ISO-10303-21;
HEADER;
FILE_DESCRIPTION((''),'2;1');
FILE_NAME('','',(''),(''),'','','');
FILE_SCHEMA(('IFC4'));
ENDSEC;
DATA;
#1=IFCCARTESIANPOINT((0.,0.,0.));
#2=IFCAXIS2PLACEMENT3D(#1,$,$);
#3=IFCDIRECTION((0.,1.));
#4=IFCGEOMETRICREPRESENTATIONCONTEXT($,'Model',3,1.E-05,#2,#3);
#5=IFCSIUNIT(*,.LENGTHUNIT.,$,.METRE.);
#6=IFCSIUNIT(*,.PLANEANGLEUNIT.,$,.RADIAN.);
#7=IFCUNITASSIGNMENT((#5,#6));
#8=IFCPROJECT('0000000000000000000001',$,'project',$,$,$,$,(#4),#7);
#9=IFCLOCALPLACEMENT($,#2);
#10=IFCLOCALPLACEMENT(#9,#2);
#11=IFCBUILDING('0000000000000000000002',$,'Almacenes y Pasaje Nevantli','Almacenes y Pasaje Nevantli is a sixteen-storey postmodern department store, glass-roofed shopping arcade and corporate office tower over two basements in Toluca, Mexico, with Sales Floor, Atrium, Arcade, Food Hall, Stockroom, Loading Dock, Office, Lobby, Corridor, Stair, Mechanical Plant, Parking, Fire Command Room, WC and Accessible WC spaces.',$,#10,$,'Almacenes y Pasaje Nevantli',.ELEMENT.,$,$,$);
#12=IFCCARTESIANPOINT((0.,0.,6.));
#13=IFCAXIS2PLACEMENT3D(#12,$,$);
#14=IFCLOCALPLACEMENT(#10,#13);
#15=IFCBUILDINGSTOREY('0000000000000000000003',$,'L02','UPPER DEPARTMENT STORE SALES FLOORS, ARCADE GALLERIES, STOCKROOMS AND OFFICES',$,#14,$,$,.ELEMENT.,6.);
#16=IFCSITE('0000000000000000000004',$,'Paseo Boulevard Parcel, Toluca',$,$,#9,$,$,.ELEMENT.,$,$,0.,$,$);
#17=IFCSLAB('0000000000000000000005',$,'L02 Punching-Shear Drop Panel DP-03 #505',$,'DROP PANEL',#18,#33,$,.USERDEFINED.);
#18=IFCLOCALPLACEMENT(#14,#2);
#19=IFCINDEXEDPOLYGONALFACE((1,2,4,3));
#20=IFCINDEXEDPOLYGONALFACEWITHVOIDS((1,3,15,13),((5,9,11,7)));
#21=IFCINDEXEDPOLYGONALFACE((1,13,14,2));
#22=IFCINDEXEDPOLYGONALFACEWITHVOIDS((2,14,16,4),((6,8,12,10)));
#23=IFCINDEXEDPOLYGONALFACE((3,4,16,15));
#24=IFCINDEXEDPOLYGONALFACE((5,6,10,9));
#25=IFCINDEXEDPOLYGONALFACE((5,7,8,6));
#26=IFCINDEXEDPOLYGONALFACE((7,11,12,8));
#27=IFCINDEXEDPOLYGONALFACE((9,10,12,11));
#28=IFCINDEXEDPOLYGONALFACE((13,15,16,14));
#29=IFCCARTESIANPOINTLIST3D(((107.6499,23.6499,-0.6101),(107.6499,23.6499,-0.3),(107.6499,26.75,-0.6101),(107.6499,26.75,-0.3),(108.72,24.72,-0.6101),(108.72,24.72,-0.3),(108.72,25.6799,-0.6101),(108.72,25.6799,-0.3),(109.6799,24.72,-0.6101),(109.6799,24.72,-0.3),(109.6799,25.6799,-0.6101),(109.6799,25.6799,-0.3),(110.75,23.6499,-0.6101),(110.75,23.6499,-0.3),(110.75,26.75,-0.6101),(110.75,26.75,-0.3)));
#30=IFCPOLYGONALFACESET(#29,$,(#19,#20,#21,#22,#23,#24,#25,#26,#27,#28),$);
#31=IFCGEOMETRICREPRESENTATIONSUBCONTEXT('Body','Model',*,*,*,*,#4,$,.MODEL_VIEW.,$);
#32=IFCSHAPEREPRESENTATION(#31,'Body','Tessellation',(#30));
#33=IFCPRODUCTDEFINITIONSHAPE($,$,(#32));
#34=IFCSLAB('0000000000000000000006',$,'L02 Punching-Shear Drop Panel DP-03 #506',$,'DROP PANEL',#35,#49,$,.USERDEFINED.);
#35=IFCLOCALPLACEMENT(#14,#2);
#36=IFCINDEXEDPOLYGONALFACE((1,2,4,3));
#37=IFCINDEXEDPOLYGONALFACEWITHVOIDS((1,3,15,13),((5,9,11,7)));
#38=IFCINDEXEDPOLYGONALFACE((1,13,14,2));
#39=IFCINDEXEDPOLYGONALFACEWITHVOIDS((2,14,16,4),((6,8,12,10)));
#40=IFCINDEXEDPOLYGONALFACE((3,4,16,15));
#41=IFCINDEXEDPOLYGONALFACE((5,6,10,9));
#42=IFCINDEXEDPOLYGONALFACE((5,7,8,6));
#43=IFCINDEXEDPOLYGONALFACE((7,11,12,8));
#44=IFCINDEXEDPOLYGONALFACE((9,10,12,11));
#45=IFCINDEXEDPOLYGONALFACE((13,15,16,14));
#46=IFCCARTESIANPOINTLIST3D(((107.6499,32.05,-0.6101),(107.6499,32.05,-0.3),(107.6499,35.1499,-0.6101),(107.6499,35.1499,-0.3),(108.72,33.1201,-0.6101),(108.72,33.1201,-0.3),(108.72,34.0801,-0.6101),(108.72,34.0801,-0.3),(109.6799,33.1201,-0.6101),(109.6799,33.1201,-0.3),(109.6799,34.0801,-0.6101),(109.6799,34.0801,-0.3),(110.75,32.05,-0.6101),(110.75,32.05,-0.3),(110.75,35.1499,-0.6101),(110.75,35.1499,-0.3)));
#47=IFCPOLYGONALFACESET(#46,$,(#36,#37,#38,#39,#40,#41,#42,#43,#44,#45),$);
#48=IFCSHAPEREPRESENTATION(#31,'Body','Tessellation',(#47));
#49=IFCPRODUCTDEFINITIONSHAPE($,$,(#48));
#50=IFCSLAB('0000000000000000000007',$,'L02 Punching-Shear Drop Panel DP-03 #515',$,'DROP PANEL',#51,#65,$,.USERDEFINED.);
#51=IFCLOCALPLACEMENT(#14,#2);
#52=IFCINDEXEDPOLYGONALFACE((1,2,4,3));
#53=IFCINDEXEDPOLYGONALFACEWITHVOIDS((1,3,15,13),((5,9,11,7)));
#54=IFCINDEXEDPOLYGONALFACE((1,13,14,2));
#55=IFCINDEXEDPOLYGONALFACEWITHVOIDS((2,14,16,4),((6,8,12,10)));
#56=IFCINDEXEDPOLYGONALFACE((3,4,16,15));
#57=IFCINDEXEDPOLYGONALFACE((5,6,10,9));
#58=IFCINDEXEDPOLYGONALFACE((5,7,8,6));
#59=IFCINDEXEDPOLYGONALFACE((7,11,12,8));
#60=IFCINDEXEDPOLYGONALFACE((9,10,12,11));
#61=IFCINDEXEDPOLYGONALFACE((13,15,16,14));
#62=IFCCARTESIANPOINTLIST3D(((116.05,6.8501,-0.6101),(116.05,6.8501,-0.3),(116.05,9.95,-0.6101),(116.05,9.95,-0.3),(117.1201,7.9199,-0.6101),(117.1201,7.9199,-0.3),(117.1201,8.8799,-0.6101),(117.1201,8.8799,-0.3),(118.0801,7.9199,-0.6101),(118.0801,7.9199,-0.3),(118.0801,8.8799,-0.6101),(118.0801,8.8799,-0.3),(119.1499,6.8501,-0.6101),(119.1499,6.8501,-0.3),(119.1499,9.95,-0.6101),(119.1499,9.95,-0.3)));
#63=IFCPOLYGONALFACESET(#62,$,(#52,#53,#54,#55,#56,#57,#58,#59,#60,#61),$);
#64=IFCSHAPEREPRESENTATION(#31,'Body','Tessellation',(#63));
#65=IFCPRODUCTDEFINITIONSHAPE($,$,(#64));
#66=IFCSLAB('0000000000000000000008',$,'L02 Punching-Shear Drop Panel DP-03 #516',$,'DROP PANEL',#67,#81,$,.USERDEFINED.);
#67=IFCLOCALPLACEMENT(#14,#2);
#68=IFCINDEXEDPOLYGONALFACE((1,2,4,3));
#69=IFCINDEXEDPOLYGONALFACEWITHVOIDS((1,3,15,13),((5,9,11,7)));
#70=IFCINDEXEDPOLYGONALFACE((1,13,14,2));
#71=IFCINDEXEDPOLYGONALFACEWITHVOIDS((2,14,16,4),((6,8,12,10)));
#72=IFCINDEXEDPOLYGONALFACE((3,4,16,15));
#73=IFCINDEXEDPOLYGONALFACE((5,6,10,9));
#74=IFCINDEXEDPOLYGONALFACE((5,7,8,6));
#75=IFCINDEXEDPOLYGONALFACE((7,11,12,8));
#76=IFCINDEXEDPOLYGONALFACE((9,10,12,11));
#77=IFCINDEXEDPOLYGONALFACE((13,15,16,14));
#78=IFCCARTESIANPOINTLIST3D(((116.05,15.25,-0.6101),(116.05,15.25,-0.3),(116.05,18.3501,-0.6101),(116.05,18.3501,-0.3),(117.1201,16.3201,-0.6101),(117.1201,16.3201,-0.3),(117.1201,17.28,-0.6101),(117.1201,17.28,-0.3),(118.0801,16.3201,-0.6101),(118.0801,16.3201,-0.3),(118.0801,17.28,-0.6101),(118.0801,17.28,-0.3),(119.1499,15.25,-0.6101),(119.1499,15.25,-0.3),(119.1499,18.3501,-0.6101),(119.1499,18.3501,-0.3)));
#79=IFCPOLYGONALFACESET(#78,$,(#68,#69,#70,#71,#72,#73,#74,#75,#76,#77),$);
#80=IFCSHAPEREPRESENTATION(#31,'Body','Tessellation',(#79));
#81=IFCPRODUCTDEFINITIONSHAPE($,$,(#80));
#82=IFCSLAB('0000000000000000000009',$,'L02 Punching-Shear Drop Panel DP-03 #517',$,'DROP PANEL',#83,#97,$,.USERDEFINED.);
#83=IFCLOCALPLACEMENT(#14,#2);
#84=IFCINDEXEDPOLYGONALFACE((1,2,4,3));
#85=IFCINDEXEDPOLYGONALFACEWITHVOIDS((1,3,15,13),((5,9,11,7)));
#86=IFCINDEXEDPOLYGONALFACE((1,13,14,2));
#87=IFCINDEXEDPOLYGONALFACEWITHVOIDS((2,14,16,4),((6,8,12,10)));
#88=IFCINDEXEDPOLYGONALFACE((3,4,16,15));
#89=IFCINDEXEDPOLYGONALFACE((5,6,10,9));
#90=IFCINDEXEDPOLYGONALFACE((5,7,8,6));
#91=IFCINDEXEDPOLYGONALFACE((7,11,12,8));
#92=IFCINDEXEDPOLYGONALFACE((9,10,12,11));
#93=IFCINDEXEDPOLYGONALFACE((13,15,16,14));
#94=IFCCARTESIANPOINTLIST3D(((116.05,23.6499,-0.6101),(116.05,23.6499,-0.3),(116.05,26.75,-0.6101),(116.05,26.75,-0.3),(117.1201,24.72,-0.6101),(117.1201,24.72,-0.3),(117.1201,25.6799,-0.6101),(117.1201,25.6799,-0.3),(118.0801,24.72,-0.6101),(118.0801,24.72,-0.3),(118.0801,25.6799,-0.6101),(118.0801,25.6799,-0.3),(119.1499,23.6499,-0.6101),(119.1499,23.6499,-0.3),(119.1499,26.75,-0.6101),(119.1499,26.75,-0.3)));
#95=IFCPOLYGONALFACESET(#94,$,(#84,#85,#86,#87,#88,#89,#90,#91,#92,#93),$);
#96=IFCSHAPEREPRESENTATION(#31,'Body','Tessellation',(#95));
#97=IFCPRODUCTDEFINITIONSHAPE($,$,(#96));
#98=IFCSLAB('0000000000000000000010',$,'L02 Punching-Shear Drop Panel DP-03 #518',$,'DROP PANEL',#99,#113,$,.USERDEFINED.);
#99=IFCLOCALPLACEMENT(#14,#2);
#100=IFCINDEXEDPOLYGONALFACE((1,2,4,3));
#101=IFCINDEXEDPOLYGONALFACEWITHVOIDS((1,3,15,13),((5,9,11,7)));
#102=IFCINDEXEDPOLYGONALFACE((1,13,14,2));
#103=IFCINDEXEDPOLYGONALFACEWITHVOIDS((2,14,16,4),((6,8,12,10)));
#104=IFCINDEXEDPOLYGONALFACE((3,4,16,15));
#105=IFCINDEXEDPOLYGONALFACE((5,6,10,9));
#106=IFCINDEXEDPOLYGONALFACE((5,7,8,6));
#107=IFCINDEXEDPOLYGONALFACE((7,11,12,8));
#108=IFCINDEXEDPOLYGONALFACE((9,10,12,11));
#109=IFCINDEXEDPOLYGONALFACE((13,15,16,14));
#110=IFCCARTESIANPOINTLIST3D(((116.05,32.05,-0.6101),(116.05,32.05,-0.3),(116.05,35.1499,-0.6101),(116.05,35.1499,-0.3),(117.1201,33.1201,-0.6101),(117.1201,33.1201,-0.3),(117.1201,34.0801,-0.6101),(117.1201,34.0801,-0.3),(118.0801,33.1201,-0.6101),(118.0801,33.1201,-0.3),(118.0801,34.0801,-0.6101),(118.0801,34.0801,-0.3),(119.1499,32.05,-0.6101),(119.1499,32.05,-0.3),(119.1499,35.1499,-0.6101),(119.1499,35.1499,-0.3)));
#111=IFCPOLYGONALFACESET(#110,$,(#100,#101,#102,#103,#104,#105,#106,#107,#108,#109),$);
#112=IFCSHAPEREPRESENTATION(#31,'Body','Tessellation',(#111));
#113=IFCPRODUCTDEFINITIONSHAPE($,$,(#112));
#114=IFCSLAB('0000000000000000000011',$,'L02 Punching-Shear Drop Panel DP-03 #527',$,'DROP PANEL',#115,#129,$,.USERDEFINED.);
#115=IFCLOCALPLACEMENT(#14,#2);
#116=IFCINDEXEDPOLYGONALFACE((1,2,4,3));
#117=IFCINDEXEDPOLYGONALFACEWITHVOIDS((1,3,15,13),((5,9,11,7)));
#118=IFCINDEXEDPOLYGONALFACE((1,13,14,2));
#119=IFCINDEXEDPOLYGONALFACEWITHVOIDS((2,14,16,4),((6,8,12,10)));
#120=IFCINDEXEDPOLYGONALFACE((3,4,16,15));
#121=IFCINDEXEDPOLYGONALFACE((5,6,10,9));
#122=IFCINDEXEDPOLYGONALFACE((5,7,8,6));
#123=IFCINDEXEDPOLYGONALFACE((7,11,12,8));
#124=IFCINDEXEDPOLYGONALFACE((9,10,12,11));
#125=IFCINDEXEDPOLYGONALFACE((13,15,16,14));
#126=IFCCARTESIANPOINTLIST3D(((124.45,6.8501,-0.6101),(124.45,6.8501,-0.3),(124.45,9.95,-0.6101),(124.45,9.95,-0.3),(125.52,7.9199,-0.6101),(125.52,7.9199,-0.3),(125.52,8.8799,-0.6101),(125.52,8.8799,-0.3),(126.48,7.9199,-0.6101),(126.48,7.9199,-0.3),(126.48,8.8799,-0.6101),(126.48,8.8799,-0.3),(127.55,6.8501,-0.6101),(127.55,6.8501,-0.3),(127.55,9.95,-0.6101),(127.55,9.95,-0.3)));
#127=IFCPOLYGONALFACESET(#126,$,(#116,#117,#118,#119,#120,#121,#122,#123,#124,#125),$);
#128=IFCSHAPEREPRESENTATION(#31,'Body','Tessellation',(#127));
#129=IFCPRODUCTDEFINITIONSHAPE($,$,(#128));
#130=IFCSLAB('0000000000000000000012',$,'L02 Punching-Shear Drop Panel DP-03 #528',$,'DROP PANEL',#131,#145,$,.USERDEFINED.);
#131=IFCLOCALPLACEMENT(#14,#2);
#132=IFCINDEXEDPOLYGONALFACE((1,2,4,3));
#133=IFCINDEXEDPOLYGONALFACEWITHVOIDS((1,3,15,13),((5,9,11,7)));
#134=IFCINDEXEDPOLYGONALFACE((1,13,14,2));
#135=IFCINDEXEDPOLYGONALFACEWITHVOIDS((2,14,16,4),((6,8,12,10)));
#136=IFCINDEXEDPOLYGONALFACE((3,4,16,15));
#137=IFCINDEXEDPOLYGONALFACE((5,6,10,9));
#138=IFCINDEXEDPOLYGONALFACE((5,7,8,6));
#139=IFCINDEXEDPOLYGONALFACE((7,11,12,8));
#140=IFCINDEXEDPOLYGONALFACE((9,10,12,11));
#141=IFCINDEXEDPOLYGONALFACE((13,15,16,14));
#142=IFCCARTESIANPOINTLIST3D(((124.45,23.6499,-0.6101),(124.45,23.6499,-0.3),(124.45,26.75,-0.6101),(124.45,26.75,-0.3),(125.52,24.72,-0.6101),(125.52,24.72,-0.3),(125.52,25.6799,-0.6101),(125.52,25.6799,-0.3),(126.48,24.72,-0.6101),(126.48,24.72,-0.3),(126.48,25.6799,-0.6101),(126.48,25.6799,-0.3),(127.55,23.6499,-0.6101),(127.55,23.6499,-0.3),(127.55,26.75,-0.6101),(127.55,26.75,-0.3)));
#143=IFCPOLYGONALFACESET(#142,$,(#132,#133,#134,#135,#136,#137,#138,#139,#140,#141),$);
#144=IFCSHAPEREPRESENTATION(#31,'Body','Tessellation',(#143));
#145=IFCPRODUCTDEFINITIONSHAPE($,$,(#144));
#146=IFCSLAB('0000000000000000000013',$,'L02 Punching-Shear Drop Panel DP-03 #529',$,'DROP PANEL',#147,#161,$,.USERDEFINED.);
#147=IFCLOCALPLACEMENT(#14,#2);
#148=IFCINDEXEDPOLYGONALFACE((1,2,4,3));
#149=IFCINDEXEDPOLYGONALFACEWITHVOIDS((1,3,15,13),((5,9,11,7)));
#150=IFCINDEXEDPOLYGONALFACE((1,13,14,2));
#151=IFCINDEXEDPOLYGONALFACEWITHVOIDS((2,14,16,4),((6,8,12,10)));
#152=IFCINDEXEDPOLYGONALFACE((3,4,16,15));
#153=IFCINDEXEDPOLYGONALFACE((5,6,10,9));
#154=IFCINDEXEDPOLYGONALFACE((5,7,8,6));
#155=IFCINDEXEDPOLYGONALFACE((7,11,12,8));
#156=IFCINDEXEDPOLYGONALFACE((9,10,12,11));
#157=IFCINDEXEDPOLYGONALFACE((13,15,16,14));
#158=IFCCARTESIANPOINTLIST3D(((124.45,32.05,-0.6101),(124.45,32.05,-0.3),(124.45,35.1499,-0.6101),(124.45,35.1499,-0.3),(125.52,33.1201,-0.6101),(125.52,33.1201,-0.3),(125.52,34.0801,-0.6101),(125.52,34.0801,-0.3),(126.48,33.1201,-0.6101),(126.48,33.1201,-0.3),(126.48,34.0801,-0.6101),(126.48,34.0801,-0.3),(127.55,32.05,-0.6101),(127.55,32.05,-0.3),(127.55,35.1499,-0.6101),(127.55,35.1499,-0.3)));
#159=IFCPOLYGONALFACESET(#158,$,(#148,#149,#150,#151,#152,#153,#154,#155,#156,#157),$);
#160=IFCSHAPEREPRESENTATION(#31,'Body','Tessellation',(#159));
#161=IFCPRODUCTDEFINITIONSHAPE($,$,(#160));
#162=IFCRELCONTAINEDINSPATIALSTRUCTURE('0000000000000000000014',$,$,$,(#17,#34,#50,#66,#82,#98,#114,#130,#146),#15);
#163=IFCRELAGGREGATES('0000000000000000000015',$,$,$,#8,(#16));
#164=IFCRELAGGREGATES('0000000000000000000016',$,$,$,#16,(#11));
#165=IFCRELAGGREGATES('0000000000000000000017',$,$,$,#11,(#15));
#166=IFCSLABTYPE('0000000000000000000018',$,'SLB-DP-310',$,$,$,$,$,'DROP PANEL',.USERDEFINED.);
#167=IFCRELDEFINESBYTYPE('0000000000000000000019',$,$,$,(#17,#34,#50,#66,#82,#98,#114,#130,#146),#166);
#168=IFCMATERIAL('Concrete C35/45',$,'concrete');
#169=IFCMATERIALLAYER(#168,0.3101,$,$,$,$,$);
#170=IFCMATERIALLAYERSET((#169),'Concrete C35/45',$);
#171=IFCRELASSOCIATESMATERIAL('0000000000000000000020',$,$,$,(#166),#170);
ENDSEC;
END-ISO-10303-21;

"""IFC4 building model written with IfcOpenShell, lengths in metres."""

from ifc_helpers import new_model, si_unit, direction, frame, origin, place, context, subcontext, project, spatial, polyline, outline, extrude, material, layer, layer_set, type_object, element, save


model = new_model("IFC4")

# Units and contexts
model_context = context("Model", 3, precision=1e-05, world=origin(), true_north=direction((0.0, 1.0)))
body_context = subcontext(model_context, "Body", "Model", "MODEL_VIEW")
ifc_project = project(units=[si_unit("LENGTHUNIT", "METRE"), si_unit("PLANEANGLEUNIT", "RADIAN")], contexts=[model_context])

# Site, building, storey
site_placement = place(None, origin())
site = spatial("IfcSite", under=ifc_project, at=site_placement, Name="Paseo Boulevard Parcel, Toluca", CompositionType="ELEMENT", RefElevation=0.0)
building_placement = place(site_placement, origin())
building = spatial("IfcBuilding", under=site, at=building_placement, Name="Almacenes y Pasaje Nevantli", Description="Almacenes y Pasaje Nevantli is a sixteen-storey postmodern department store, glass-roofed shopping arcade and corporate office tower over two basements in Toluca, Mexico, with Sales Floor, Atrium, Arcade, Food Hall, Stockroom, Loading Dock, Office, Lobby, Corridor, Stair, Mechanical Plant, Parking, Fire Command Room, WC and Accessible WC spaces.", LongName="Almacenes y Pasaje Nevantli", CompositionType="ELEMENT")
storey_placement = place(building_placement, frame((0.0, 0.0, 6.0)))
storey = spatial("IfcBuildingStorey", under=building, at=storey_placement, Name="L02", Description="UPPER DEPARTMENT STORE SALES FLOORS, ARCADE GALLERIES, STOCKROOMS AND OFFICES", CompositionType="ELEMENT", Elevation=6.0)

# Slabs
ifc_material_1 = material(Name="Concrete C35/45", Category="concrete")
ifc_layer_1 = layer(ifc_material_1, 0.3101)
ifc_layer_set_1 = layer_set([ifc_layer_1], Name="Concrete C35/45")
slab_type_1 = type_object("IfcSlabType", Name="SLB-DP-310", ElementType="DROP PANEL", PredefinedType="USERDEFINED", material=ifc_layer_set_1)
slab_1_placement = place(storey_placement, frame((0.0, 0.0, -0.6101)))
element("IfcSlab", 1, at=slab_1_placement, inside=storey, type_object=slab_type_1, Name="L02 Punching-Shear Drop Panel DP-03 #505", ObjectType="DROP PANEL", PredefinedType="USERDEFINED", context=body_context, shape_type="SweptSolid", body=[
    extrude(outline(polyline([(107.6499, 23.6499), (110.75, 23.6499), (110.75, 26.75), (107.6499, 26.75), (107.6499, 23.6499)]), holes=[polyline([(108.72, 24.72), (109.6799, 24.72), (109.6799, 25.6799), (108.72, 25.6799), (108.72, 24.72)])]), origin(), (0.0, 0.0, 1.0), 0.3101),
])
slab_2_placement = place(storey_placement, frame((0.0, 0.0, -0.6101)))
element("IfcSlab", 2, at=slab_2_placement, inside=storey, type_object=slab_type_1, Name="L02 Punching-Shear Drop Panel DP-03 #506", ObjectType="DROP PANEL", PredefinedType="USERDEFINED", context=body_context, shape_type="SweptSolid", body=[
    extrude(outline(polyline([(107.6499, 32.05), (110.75, 32.05), (110.75, 35.1499), (107.6499, 35.1499), (107.6499, 32.05)]), holes=[polyline([(108.72, 33.1201), (109.6799, 33.1201), (109.6799, 34.0801), (108.72, 34.0801), (108.72, 33.1201)])]), origin(), (0.0, 0.0, 1.0), 0.3101),
])
slab_3_placement = place(storey_placement, frame((0.0, 0.0, -0.6101)))
element("IfcSlab", 3, at=slab_3_placement, inside=storey, type_object=slab_type_1, Name="L02 Punching-Shear Drop Panel DP-03 #515", ObjectType="DROP PANEL", PredefinedType="USERDEFINED", context=body_context, shape_type="SweptSolid", body=[
    extrude(outline(polyline([(116.05, 6.8501), (119.1499, 6.8501), (119.1499, 9.95), (116.05, 9.95), (116.05, 6.8501)]), holes=[polyline([(117.1201, 7.9199), (118.0801, 7.9199), (118.0801, 8.8799), (117.1201, 8.8799), (117.1201, 7.9199)])]), origin(), (0.0, 0.0, 1.0), 0.3101),
])
slab_4_placement = place(storey_placement, frame((0.0, 0.0, -0.6101)))
element("IfcSlab", 4, at=slab_4_placement, inside=storey, type_object=slab_type_1, Name="L02 Punching-Shear Drop Panel DP-03 #516", ObjectType="DROP PANEL", PredefinedType="USERDEFINED", context=body_context, shape_type="SweptSolid", body=[
    extrude(outline(polyline([(116.05, 15.25), (119.1499, 15.25), (119.1499, 18.3501), (116.05, 18.3501), (116.05, 15.25)]), holes=[polyline([(117.1201, 16.3201), (118.0801, 16.3201), (118.0801, 17.28), (117.1201, 17.28), (117.1201, 16.3201)])]), origin(), (0.0, 0.0, 1.0), 0.3101),
])
slab_5_placement = place(storey_placement, frame((0.0, 0.0, -0.6101)))
element("IfcSlab", 5, at=slab_5_placement, inside=storey, type_object=slab_type_1, Name="L02 Punching-Shear Drop Panel DP-03 #517", ObjectType="DROP PANEL", PredefinedType="USERDEFINED", context=body_context, shape_type="SweptSolid", body=[
    extrude(outline(polyline([(116.05, 23.6499), (119.1499, 23.6499), (119.1499, 26.75), (116.05, 26.75), (116.05, 23.6499)]), holes=[polyline([(117.1201, 24.72), (118.0801, 24.72), (118.0801, 25.6799), (117.1201, 25.6799), (117.1201, 24.72)])]), origin(), (0.0, 0.0, 1.0), 0.3101),
])
slab_6_placement = place(storey_placement, frame((0.0, 0.0, -0.6101)))
element("IfcSlab", 6, at=slab_6_placement, inside=storey, type_object=slab_type_1, Name="L02 Punching-Shear Drop Panel DP-03 #518", ObjectType="DROP PANEL", PredefinedType="USERDEFINED", context=body_context, shape_type="SweptSolid", body=[
    extrude(outline(polyline([(116.05, 32.05), (119.1499, 32.05), (119.1499, 35.1499), (116.05, 35.1499), (116.05, 32.05)]), holes=[polyline([(117.1201, 33.1201), (118.0801, 33.1201), (118.0801, 34.0801), (117.1201, 34.0801), (117.1201, 33.1201)])]), origin(), (0.0, 0.0, 1.0), 0.3101),
])
slab_7_placement = place(storey_placement, frame((0.0, 0.0, -0.6101)))
element("IfcSlab", 7, at=slab_7_placement, inside=storey, type_object=slab_type_1, Name="L02 Punching-Shear Drop Panel DP-03 #527", ObjectType="DROP PANEL", PredefinedType="USERDEFINED", context=body_context, shape_type="SweptSolid", body=[
    extrude(outline(polyline([(124.45, 6.8501), (127.55, 6.8501), (127.55, 9.95), (124.45, 9.95), (124.45, 6.8501)]), holes=[polyline([(125.52, 7.9199), (126.48, 7.9199), (126.48, 8.8799), (125.52, 8.8799), (125.52, 7.9199)])]), origin(), (0.0, 0.0, 1.0), 0.3101),
])
slab_8_placement = place(storey_placement, frame((0.0, 0.0, -0.6101)))
element("IfcSlab", 8, at=slab_8_placement, inside=storey, type_object=slab_type_1, Name="L02 Punching-Shear Drop Panel DP-03 #528", ObjectType="DROP PANEL", PredefinedType="USERDEFINED", context=body_context, shape_type="SweptSolid", body=[
    extrude(outline(polyline([(124.45, 23.6499), (127.55, 23.6499), (127.55, 26.75), (124.45, 26.75), (124.45, 23.6499)]), holes=[polyline([(125.52, 24.72), (126.48, 24.72), (126.48, 25.6799), (125.52, 25.6799), (125.52, 24.72)])]), origin(), (0.0, 0.0, 1.0), 0.3101),
])
slab_9_placement = place(storey_placement, frame((0.0, 0.0, -0.6101)))
element("IfcSlab", 9, at=slab_9_placement, inside=storey, type_object=slab_type_1, Name="L02 Punching-Shear Drop Panel DP-03 #529", ObjectType="DROP PANEL", PredefinedType="USERDEFINED", context=body_context, shape_type="SweptSolid", body=[
    extrude(outline(polyline([(124.45, 32.05), (127.55, 32.05), (127.55, 35.1499), (124.45, 35.1499), (124.45, 32.05)]), holes=[polyline([(125.52, 33.1201), (126.48, 33.1201), (126.48, 34.0801), (125.52, 34.0801), (125.52, 33.1201)])]), origin(), (0.0, 0.0, 1.0), 0.3101),
])

save(model, "model.ifc")
